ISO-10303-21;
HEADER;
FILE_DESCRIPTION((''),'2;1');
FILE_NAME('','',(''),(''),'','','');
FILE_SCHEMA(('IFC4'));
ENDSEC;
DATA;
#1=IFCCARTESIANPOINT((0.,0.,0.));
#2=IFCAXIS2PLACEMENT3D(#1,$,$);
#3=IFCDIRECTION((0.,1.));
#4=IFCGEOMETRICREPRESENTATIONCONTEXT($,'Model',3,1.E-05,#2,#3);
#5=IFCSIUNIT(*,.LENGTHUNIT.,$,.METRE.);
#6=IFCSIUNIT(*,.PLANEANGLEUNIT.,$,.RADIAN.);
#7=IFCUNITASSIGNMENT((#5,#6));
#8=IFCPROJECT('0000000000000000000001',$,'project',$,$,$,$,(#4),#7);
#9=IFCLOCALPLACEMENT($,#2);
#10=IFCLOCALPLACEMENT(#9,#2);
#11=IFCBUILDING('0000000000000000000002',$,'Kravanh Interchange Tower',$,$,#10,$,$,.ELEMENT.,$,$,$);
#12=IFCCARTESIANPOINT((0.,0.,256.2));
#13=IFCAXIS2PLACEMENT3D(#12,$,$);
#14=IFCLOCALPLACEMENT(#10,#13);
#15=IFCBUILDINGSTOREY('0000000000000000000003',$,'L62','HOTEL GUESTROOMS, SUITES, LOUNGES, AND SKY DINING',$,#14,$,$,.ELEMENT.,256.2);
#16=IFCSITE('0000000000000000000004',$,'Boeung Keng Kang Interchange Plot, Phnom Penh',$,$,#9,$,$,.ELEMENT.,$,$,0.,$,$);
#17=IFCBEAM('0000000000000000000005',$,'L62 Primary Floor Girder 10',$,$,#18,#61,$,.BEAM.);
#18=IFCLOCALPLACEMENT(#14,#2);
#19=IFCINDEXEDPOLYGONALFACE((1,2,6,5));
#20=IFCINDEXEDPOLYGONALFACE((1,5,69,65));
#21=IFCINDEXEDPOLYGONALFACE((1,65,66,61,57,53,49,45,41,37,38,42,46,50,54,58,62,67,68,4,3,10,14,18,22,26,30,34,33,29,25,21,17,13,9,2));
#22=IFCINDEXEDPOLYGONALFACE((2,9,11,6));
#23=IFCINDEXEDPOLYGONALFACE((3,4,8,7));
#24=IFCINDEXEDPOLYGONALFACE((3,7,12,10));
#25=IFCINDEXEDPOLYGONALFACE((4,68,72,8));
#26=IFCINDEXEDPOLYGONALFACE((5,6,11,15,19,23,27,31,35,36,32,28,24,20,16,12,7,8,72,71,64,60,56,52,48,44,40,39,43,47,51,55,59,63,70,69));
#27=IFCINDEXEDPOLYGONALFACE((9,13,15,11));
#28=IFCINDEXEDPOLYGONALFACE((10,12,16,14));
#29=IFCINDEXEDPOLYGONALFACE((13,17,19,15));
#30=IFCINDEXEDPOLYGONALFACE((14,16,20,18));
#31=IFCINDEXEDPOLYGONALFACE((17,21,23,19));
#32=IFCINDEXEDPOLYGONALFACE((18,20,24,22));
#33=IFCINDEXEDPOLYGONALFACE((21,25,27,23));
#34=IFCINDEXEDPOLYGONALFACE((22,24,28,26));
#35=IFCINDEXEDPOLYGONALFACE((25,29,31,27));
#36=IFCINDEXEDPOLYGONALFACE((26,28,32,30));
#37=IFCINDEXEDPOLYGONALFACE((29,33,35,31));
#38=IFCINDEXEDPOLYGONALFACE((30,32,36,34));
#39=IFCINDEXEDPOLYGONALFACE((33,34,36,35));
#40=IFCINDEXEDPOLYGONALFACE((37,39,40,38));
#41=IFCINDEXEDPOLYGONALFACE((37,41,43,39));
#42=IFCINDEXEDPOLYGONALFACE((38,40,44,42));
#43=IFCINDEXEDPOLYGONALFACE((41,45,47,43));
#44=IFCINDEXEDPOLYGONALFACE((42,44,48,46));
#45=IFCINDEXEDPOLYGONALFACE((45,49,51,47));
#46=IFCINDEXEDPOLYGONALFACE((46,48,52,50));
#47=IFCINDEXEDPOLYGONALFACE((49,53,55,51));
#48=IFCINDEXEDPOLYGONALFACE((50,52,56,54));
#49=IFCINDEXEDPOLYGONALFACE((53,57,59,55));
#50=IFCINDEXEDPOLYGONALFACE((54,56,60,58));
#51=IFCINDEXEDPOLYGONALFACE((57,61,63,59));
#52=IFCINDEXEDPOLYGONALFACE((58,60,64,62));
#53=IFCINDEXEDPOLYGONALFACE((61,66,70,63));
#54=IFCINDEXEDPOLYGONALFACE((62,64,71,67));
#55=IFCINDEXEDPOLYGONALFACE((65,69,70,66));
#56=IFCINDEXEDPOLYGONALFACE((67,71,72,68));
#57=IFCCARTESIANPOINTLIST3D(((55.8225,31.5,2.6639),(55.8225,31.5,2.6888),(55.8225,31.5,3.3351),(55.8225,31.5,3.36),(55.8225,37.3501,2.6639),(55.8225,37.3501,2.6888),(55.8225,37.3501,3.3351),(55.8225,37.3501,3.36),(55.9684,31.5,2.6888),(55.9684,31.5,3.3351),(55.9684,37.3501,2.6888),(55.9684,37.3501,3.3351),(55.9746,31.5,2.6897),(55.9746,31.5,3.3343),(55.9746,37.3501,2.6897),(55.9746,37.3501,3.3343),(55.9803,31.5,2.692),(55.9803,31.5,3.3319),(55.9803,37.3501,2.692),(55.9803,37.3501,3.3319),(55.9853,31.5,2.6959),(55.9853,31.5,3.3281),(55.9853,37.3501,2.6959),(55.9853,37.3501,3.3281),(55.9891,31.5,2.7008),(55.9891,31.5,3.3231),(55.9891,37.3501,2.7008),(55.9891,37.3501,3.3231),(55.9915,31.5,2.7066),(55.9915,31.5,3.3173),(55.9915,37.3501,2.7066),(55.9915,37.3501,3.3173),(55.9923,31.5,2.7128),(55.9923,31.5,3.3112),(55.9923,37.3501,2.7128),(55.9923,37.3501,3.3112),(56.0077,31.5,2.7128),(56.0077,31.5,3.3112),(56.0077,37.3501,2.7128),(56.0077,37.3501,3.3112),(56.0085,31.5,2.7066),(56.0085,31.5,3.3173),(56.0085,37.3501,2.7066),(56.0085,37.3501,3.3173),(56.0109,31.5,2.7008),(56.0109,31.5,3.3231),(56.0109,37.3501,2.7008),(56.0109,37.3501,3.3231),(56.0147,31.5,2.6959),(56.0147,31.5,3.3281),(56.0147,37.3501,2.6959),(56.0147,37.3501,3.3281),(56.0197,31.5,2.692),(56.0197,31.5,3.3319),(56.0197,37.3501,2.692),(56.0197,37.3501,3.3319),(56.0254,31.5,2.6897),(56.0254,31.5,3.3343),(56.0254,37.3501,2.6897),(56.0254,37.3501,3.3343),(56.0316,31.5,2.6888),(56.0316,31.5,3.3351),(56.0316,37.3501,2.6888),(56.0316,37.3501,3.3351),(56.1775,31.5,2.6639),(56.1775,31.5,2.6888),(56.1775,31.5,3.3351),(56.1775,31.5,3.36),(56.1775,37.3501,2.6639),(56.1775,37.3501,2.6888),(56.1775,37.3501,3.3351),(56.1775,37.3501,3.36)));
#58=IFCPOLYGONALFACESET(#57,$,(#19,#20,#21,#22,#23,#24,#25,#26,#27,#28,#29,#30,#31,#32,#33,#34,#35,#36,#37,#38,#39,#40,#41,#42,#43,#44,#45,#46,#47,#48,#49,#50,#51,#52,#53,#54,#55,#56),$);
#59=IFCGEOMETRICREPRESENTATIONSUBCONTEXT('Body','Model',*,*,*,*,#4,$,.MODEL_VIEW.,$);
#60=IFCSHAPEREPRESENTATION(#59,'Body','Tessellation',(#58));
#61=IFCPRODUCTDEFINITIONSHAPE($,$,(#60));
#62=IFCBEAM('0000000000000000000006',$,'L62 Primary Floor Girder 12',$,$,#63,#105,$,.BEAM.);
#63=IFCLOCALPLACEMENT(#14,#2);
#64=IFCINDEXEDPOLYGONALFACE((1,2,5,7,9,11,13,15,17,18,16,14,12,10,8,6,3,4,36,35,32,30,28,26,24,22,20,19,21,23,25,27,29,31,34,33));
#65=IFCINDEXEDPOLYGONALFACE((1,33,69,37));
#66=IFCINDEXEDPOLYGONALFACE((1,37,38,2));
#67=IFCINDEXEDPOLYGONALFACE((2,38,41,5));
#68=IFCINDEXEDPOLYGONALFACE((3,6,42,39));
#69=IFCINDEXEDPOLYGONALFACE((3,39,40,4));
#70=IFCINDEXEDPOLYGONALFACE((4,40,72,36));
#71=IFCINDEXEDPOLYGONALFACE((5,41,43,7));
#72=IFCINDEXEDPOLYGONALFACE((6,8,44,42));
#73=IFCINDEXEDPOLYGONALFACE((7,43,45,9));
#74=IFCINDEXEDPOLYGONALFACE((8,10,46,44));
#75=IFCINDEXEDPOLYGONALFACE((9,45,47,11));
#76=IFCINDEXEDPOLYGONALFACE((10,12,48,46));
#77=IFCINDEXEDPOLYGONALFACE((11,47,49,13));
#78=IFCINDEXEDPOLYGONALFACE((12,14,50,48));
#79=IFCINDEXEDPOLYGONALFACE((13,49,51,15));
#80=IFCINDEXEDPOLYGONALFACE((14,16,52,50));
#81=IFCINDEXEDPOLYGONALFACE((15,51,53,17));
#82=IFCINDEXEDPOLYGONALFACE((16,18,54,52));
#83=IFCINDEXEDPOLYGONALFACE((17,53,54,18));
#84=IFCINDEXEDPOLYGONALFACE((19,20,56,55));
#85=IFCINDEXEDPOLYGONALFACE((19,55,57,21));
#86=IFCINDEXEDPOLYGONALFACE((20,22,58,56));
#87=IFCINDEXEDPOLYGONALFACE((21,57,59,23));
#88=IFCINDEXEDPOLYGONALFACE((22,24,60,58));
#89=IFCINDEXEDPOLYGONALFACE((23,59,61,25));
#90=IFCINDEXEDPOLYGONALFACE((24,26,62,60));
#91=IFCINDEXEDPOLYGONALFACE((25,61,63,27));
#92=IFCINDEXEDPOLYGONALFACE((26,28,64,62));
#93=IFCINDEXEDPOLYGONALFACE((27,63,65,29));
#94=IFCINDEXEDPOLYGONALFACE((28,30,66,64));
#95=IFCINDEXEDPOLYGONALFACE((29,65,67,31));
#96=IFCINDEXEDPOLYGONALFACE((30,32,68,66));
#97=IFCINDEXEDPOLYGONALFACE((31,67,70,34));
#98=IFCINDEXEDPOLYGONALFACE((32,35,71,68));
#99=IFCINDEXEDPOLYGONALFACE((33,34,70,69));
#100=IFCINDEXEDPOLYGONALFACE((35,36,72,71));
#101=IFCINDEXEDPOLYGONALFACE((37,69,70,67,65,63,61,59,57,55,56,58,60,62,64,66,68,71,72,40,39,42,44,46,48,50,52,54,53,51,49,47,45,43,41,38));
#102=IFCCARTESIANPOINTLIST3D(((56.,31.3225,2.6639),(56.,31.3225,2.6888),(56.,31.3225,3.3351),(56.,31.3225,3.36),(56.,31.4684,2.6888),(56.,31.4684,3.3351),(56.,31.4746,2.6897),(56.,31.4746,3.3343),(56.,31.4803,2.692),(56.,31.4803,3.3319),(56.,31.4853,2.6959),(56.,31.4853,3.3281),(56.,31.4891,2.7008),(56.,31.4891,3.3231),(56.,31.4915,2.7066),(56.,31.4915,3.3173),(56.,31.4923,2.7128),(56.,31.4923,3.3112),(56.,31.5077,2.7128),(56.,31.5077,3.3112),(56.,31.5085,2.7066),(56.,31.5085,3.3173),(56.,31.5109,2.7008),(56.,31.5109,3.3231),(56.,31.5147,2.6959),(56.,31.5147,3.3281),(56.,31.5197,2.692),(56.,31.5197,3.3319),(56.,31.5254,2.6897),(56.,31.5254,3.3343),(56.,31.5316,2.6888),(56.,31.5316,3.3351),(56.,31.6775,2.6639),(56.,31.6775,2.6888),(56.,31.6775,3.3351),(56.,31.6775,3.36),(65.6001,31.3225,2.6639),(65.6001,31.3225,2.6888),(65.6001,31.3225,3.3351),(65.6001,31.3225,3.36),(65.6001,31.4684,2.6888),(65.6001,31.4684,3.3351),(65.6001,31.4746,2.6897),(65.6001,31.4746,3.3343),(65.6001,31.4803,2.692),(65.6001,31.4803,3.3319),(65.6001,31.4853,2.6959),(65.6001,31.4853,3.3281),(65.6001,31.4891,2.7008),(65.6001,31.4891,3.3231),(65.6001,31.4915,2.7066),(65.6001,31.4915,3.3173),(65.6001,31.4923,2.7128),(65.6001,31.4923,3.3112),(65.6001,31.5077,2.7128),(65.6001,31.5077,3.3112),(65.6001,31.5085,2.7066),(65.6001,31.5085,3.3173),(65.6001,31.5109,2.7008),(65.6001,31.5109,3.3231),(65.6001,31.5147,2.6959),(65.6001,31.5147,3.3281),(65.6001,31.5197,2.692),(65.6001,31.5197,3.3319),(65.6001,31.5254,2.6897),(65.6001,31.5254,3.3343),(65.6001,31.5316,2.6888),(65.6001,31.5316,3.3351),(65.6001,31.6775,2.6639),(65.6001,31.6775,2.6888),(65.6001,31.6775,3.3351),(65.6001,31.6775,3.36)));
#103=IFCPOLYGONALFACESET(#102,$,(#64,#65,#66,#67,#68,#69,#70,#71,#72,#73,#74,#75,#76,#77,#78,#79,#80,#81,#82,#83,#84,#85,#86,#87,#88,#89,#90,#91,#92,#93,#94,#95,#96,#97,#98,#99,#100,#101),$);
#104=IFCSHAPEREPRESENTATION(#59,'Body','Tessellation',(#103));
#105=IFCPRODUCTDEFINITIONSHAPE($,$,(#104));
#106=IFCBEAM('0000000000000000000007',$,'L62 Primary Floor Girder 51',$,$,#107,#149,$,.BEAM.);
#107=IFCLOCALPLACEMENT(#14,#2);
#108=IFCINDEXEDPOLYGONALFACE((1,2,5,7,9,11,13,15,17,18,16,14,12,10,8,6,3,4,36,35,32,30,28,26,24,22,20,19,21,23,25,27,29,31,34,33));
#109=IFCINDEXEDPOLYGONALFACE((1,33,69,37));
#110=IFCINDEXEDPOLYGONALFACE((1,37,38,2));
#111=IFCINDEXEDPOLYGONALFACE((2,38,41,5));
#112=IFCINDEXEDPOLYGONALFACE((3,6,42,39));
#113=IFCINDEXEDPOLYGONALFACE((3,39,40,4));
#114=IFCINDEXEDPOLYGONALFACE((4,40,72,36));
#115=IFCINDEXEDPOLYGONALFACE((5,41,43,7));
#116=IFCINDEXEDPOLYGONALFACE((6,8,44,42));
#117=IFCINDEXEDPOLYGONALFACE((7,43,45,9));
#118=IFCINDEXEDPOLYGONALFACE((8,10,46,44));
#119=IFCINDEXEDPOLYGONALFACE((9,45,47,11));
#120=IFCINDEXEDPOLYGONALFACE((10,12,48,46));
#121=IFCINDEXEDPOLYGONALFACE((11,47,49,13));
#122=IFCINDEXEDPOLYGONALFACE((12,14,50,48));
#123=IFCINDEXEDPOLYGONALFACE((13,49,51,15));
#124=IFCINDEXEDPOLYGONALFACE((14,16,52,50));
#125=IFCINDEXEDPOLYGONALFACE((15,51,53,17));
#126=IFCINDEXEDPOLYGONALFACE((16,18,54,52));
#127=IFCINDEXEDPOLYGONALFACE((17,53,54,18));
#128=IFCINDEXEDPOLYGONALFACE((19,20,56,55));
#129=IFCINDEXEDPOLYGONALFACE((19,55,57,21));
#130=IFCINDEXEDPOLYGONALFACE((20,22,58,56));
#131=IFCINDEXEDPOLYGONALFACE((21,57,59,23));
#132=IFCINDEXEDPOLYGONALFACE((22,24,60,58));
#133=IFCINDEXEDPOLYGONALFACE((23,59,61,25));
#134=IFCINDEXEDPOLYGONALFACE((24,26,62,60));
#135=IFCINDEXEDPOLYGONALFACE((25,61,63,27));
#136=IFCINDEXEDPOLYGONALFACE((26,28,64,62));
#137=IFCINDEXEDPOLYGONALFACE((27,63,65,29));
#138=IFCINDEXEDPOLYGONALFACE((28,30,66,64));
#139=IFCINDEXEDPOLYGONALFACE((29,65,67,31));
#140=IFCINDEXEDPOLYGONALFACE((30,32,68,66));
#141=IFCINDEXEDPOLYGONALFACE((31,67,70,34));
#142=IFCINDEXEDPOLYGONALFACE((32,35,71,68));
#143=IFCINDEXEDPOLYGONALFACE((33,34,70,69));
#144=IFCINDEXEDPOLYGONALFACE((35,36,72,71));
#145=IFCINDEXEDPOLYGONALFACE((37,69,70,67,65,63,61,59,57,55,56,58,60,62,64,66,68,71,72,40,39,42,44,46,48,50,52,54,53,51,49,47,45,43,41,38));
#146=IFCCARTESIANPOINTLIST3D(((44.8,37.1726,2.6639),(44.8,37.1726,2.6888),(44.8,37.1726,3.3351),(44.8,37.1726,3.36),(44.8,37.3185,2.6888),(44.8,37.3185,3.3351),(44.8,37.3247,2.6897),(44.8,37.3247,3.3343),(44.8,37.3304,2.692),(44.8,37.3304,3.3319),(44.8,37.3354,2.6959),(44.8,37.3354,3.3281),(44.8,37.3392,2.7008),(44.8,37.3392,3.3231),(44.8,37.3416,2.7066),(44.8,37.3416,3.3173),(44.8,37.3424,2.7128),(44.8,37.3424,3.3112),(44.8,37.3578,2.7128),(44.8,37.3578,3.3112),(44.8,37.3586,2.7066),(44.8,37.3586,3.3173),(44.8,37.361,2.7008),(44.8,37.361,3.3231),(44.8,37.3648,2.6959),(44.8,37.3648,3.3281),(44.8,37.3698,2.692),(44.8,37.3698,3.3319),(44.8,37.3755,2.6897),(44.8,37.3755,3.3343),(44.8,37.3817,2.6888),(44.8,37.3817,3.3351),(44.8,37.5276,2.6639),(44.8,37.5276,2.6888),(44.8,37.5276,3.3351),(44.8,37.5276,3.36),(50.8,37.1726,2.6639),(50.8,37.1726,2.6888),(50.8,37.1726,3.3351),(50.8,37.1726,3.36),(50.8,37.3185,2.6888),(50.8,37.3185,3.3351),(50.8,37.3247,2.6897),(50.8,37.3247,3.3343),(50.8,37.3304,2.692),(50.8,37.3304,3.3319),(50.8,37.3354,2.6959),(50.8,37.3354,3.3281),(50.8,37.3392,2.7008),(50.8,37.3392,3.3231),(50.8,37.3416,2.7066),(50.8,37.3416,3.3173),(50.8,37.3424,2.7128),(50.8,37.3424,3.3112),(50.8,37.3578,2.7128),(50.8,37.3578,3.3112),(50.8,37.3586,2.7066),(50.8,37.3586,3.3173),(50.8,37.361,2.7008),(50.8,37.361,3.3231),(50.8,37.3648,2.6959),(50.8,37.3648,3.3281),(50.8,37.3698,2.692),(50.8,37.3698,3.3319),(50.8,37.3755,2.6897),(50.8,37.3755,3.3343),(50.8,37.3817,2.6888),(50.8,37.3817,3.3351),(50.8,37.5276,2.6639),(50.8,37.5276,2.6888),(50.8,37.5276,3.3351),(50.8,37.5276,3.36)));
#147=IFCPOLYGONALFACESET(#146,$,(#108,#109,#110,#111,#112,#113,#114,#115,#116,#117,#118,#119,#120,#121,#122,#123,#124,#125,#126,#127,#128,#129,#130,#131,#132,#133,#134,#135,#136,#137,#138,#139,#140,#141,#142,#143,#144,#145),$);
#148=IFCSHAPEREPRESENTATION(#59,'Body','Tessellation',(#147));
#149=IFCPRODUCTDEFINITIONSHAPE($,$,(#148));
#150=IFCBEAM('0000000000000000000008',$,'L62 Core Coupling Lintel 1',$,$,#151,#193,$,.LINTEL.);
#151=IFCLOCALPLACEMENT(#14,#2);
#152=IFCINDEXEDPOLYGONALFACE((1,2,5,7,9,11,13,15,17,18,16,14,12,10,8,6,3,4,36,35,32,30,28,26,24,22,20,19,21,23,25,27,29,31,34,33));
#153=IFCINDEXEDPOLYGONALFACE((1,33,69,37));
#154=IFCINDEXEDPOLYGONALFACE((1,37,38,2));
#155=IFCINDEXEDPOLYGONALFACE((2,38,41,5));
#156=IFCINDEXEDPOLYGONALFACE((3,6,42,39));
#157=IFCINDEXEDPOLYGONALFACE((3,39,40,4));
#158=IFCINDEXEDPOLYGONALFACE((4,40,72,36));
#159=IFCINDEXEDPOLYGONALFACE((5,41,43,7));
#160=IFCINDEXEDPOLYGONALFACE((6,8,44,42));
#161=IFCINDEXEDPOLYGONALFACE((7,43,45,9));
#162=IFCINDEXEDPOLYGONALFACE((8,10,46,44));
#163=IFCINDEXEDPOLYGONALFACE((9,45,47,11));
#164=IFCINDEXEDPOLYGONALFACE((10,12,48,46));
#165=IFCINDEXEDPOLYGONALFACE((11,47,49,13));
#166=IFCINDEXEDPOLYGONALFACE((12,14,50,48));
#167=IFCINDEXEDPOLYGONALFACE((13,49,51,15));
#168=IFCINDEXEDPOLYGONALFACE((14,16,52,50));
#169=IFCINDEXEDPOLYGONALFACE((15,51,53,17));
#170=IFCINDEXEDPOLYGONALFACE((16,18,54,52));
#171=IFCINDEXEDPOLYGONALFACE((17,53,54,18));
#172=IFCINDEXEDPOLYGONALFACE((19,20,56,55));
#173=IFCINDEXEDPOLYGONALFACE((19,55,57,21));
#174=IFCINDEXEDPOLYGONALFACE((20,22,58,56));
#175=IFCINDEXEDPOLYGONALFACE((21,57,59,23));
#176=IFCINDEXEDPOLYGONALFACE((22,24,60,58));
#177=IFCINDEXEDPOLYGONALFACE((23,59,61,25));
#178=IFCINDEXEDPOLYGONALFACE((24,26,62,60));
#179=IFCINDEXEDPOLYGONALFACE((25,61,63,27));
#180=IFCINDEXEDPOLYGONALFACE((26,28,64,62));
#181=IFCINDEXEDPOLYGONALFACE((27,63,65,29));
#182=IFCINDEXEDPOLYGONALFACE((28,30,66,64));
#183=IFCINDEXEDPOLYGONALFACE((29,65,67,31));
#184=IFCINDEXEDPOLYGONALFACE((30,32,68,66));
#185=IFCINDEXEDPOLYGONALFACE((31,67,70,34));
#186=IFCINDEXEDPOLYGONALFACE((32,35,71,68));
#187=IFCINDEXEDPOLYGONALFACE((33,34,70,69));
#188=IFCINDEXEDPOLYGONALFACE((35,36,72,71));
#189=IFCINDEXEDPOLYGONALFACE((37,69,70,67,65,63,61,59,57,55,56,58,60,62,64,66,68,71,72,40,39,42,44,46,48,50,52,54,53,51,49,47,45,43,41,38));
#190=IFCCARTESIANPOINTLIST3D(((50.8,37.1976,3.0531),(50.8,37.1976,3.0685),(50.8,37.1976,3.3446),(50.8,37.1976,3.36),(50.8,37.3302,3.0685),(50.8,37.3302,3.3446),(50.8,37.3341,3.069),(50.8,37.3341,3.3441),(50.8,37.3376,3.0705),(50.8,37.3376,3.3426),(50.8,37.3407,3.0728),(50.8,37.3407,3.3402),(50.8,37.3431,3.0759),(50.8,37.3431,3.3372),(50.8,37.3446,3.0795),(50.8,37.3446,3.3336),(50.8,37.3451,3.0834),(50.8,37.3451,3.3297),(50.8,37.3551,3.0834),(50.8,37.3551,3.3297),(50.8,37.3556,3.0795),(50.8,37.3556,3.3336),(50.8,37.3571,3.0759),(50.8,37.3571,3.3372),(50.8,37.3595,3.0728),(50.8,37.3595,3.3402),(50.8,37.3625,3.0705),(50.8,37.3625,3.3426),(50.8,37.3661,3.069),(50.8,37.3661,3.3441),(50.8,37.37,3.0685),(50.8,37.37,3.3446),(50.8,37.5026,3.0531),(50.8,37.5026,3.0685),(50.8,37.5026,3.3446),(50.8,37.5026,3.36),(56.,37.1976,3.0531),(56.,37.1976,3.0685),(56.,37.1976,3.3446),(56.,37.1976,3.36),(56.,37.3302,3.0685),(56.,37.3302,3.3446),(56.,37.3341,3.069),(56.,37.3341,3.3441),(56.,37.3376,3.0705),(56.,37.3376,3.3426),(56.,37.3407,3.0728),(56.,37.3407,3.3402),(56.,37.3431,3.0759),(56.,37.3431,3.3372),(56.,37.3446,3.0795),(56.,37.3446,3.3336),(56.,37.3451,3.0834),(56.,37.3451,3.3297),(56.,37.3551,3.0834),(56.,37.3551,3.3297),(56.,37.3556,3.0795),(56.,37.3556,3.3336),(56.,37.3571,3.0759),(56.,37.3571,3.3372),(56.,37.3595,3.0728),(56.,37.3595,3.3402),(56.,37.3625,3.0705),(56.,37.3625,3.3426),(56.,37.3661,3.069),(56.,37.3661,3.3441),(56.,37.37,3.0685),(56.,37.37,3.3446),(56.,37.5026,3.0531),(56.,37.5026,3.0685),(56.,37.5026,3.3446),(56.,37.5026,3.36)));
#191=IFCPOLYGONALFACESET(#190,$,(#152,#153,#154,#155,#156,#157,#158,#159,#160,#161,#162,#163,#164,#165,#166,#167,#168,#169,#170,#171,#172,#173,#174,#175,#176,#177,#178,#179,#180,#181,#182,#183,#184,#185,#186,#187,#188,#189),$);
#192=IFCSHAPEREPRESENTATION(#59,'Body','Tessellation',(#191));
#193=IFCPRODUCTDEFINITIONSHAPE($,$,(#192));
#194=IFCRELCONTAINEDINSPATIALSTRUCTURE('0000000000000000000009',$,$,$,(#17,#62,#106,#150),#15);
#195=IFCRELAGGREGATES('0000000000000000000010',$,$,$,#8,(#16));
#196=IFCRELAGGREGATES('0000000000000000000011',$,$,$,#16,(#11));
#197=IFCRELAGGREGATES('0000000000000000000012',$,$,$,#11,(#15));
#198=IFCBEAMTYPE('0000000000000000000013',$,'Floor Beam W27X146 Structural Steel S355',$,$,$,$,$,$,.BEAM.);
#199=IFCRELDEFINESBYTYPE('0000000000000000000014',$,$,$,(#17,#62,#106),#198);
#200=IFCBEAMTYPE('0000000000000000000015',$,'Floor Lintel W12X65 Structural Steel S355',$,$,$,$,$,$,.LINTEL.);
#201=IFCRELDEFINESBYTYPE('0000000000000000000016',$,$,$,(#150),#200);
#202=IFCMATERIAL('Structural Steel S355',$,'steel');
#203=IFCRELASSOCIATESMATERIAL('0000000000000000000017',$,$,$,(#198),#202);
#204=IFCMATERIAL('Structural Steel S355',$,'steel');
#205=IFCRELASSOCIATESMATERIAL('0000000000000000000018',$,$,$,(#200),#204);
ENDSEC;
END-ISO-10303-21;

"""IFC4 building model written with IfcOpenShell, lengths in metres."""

from ifc_helpers import new_model, si_unit, direction, frame, origin, origin_2d, place, context, subcontext, project, spatial, i_section, extrude, material, material_profile, profile_set, type_object, element, save


model = new_model("IFC4")

# Units and contexts
model_context = context("Model", 3, precision=1e-05, world=origin(), true_north=direction((0.0, 1.0)))
body_context = subcontext(model_context, "Body", "Model", "MODEL_VIEW")
ifc_project = project(units=[si_unit("LENGTHUNIT", "METRE"), si_unit("PLANEANGLEUNIT", "RADIAN")], contexts=[model_context])

# Site, building, storey
site_placement = place(None, origin())
site = spatial("IfcSite", under=ifc_project, at=site_placement, Name="Boeung Keng Kang Interchange Plot, Phnom Penh", CompositionType="ELEMENT", RefElevation=0.0)
building_placement = place(site_placement, origin())
building = spatial("IfcBuilding", under=site, at=building_placement, Name="Kravanh Interchange Tower", CompositionType="ELEMENT")
storey_placement = place(building_placement, frame((0.0, 0.0, 256.2)))
storey = spatial("IfcBuildingStorey", under=building, at=storey_placement, Name="L62", Description="HOTEL GUESTROOMS, SUITES, LOUNGES, AND SKY DINING", CompositionType="ELEMENT", Elevation=256.2)

# Beams
ifc_material_1 = material(Name="Structural Steel S355", Category="steel")
ifc_material_profile_1 = material_profile(ifc_material_1, i_section(OverallWidth=0.355, OverallDepth=0.696, WebThickness=0.0154, FlangeThickness=0.0249, FilletRadius=0.0239, at=origin_2d()), Name="W27X146")
ifc_profile_set_1 = profile_set([ifc_material_profile_1], Name="Structural Steel S355")
beam_type_1 = type_object("IfcBeamType", Name="Floor Beam W27X146 Structural Steel S355", PredefinedType="BEAM", material=ifc_profile_set_1)
beam_1_placement = place(storey_placement, frame((56.0, 31.5, 3.012), z_axis=(0.0, 1.0, 0.0), x_axis=(-1.0, 0.0, 0.0)))
element("IfcBeam", 1, at=beam_1_placement, inside=storey, type_object=beam_type_1, Name="L62 Primary Floor Girder 10", PredefinedType="BEAM", context=body_context, shape_type="SweptSolid", body=[
    extrude(i_section(OverallWidth=0.355, OverallDepth=0.696, WebThickness=0.0154, FlangeThickness=0.0249, FilletRadius=0.0239, at=origin_2d()), origin(), (0.0, 0.0, 1.0), 5.8501),
])
beam_2_placement = place(storey_placement, frame((56.0, 31.5, 3.012), z_axis=(1.0, 0.0, 0.0), x_axis=(0.0, 1.0, 0.0)))
element("IfcBeam", 2, at=beam_2_placement, inside=storey, type_object=beam_type_1, Name="L62 Primary Floor Girder 12", PredefinedType="BEAM", context=body_context, shape_type="SweptSolid", body=[
    extrude(i_section(OverallWidth=0.355, OverallDepth=0.696, WebThickness=0.0154, FlangeThickness=0.0249, FilletRadius=0.0239, at=origin_2d()), origin(), (0.0, 0.0, 1.0), 9.6001),
])
beam_3_placement = place(storey_placement, frame((50.8, 37.3501, 3.012), z_axis=(-1.0, 0.0, 0.0), x_axis=(0.0, -1.0, 0.0)))
element("IfcBeam", 3, at=beam_3_placement, inside=storey, type_object=beam_type_1, Name="L62 Primary Floor Girder 51", PredefinedType="BEAM", context=body_context, shape_type="SweptSolid", body=[
    extrude(i_section(OverallWidth=0.355, OverallDepth=0.696, WebThickness=0.0154, FlangeThickness=0.0249, FilletRadius=0.0239, at=origin_2d()), origin(), (0.0, 0.0, 1.0), 6.0),
])
ifc_material_2 = material(Name="Structural Steel S355", Category="steel")
ifc_material_profile_2 = material_profile(ifc_material_2, i_section(OverallWidth=0.3049, OverallDepth=0.3069, WebThickness=0.01, FlangeThickness=0.0154, FilletRadius=0.0149, at=origin_2d()), Name="W12X65")
ifc_profile_set_2 = profile_set([ifc_material_profile_2], Name="Structural Steel S355")
beam_type_2 = type_object("IfcBeamType", Name="Floor Lintel W12X65 Structural Steel S355", PredefinedType="LINTEL", material=ifc_profile_set_2)
beam_4_placement = place(storey_placement, frame((50.8, 37.3501, 3.2065), z_axis=(1.0, 0.0, 0.0), x_axis=(0.0, 1.0, 0.0)))
element("IfcBeam", 4, at=beam_4_placement, inside=storey, type_object=beam_type_2, Name="L62 Core Coupling Lintel 1", PredefinedType="LINTEL", context=body_context, shape_type="SweptSolid", body=[
    extrude(i_section(OverallWidth=0.3049, OverallDepth=0.3069, WebThickness=0.01, FlangeThickness=0.0154, FilletRadius=0.0149, at=origin_2d()), origin(), (0.0, 0.0, 1.0), 5.2),
])

save(model, "model.ifc")
